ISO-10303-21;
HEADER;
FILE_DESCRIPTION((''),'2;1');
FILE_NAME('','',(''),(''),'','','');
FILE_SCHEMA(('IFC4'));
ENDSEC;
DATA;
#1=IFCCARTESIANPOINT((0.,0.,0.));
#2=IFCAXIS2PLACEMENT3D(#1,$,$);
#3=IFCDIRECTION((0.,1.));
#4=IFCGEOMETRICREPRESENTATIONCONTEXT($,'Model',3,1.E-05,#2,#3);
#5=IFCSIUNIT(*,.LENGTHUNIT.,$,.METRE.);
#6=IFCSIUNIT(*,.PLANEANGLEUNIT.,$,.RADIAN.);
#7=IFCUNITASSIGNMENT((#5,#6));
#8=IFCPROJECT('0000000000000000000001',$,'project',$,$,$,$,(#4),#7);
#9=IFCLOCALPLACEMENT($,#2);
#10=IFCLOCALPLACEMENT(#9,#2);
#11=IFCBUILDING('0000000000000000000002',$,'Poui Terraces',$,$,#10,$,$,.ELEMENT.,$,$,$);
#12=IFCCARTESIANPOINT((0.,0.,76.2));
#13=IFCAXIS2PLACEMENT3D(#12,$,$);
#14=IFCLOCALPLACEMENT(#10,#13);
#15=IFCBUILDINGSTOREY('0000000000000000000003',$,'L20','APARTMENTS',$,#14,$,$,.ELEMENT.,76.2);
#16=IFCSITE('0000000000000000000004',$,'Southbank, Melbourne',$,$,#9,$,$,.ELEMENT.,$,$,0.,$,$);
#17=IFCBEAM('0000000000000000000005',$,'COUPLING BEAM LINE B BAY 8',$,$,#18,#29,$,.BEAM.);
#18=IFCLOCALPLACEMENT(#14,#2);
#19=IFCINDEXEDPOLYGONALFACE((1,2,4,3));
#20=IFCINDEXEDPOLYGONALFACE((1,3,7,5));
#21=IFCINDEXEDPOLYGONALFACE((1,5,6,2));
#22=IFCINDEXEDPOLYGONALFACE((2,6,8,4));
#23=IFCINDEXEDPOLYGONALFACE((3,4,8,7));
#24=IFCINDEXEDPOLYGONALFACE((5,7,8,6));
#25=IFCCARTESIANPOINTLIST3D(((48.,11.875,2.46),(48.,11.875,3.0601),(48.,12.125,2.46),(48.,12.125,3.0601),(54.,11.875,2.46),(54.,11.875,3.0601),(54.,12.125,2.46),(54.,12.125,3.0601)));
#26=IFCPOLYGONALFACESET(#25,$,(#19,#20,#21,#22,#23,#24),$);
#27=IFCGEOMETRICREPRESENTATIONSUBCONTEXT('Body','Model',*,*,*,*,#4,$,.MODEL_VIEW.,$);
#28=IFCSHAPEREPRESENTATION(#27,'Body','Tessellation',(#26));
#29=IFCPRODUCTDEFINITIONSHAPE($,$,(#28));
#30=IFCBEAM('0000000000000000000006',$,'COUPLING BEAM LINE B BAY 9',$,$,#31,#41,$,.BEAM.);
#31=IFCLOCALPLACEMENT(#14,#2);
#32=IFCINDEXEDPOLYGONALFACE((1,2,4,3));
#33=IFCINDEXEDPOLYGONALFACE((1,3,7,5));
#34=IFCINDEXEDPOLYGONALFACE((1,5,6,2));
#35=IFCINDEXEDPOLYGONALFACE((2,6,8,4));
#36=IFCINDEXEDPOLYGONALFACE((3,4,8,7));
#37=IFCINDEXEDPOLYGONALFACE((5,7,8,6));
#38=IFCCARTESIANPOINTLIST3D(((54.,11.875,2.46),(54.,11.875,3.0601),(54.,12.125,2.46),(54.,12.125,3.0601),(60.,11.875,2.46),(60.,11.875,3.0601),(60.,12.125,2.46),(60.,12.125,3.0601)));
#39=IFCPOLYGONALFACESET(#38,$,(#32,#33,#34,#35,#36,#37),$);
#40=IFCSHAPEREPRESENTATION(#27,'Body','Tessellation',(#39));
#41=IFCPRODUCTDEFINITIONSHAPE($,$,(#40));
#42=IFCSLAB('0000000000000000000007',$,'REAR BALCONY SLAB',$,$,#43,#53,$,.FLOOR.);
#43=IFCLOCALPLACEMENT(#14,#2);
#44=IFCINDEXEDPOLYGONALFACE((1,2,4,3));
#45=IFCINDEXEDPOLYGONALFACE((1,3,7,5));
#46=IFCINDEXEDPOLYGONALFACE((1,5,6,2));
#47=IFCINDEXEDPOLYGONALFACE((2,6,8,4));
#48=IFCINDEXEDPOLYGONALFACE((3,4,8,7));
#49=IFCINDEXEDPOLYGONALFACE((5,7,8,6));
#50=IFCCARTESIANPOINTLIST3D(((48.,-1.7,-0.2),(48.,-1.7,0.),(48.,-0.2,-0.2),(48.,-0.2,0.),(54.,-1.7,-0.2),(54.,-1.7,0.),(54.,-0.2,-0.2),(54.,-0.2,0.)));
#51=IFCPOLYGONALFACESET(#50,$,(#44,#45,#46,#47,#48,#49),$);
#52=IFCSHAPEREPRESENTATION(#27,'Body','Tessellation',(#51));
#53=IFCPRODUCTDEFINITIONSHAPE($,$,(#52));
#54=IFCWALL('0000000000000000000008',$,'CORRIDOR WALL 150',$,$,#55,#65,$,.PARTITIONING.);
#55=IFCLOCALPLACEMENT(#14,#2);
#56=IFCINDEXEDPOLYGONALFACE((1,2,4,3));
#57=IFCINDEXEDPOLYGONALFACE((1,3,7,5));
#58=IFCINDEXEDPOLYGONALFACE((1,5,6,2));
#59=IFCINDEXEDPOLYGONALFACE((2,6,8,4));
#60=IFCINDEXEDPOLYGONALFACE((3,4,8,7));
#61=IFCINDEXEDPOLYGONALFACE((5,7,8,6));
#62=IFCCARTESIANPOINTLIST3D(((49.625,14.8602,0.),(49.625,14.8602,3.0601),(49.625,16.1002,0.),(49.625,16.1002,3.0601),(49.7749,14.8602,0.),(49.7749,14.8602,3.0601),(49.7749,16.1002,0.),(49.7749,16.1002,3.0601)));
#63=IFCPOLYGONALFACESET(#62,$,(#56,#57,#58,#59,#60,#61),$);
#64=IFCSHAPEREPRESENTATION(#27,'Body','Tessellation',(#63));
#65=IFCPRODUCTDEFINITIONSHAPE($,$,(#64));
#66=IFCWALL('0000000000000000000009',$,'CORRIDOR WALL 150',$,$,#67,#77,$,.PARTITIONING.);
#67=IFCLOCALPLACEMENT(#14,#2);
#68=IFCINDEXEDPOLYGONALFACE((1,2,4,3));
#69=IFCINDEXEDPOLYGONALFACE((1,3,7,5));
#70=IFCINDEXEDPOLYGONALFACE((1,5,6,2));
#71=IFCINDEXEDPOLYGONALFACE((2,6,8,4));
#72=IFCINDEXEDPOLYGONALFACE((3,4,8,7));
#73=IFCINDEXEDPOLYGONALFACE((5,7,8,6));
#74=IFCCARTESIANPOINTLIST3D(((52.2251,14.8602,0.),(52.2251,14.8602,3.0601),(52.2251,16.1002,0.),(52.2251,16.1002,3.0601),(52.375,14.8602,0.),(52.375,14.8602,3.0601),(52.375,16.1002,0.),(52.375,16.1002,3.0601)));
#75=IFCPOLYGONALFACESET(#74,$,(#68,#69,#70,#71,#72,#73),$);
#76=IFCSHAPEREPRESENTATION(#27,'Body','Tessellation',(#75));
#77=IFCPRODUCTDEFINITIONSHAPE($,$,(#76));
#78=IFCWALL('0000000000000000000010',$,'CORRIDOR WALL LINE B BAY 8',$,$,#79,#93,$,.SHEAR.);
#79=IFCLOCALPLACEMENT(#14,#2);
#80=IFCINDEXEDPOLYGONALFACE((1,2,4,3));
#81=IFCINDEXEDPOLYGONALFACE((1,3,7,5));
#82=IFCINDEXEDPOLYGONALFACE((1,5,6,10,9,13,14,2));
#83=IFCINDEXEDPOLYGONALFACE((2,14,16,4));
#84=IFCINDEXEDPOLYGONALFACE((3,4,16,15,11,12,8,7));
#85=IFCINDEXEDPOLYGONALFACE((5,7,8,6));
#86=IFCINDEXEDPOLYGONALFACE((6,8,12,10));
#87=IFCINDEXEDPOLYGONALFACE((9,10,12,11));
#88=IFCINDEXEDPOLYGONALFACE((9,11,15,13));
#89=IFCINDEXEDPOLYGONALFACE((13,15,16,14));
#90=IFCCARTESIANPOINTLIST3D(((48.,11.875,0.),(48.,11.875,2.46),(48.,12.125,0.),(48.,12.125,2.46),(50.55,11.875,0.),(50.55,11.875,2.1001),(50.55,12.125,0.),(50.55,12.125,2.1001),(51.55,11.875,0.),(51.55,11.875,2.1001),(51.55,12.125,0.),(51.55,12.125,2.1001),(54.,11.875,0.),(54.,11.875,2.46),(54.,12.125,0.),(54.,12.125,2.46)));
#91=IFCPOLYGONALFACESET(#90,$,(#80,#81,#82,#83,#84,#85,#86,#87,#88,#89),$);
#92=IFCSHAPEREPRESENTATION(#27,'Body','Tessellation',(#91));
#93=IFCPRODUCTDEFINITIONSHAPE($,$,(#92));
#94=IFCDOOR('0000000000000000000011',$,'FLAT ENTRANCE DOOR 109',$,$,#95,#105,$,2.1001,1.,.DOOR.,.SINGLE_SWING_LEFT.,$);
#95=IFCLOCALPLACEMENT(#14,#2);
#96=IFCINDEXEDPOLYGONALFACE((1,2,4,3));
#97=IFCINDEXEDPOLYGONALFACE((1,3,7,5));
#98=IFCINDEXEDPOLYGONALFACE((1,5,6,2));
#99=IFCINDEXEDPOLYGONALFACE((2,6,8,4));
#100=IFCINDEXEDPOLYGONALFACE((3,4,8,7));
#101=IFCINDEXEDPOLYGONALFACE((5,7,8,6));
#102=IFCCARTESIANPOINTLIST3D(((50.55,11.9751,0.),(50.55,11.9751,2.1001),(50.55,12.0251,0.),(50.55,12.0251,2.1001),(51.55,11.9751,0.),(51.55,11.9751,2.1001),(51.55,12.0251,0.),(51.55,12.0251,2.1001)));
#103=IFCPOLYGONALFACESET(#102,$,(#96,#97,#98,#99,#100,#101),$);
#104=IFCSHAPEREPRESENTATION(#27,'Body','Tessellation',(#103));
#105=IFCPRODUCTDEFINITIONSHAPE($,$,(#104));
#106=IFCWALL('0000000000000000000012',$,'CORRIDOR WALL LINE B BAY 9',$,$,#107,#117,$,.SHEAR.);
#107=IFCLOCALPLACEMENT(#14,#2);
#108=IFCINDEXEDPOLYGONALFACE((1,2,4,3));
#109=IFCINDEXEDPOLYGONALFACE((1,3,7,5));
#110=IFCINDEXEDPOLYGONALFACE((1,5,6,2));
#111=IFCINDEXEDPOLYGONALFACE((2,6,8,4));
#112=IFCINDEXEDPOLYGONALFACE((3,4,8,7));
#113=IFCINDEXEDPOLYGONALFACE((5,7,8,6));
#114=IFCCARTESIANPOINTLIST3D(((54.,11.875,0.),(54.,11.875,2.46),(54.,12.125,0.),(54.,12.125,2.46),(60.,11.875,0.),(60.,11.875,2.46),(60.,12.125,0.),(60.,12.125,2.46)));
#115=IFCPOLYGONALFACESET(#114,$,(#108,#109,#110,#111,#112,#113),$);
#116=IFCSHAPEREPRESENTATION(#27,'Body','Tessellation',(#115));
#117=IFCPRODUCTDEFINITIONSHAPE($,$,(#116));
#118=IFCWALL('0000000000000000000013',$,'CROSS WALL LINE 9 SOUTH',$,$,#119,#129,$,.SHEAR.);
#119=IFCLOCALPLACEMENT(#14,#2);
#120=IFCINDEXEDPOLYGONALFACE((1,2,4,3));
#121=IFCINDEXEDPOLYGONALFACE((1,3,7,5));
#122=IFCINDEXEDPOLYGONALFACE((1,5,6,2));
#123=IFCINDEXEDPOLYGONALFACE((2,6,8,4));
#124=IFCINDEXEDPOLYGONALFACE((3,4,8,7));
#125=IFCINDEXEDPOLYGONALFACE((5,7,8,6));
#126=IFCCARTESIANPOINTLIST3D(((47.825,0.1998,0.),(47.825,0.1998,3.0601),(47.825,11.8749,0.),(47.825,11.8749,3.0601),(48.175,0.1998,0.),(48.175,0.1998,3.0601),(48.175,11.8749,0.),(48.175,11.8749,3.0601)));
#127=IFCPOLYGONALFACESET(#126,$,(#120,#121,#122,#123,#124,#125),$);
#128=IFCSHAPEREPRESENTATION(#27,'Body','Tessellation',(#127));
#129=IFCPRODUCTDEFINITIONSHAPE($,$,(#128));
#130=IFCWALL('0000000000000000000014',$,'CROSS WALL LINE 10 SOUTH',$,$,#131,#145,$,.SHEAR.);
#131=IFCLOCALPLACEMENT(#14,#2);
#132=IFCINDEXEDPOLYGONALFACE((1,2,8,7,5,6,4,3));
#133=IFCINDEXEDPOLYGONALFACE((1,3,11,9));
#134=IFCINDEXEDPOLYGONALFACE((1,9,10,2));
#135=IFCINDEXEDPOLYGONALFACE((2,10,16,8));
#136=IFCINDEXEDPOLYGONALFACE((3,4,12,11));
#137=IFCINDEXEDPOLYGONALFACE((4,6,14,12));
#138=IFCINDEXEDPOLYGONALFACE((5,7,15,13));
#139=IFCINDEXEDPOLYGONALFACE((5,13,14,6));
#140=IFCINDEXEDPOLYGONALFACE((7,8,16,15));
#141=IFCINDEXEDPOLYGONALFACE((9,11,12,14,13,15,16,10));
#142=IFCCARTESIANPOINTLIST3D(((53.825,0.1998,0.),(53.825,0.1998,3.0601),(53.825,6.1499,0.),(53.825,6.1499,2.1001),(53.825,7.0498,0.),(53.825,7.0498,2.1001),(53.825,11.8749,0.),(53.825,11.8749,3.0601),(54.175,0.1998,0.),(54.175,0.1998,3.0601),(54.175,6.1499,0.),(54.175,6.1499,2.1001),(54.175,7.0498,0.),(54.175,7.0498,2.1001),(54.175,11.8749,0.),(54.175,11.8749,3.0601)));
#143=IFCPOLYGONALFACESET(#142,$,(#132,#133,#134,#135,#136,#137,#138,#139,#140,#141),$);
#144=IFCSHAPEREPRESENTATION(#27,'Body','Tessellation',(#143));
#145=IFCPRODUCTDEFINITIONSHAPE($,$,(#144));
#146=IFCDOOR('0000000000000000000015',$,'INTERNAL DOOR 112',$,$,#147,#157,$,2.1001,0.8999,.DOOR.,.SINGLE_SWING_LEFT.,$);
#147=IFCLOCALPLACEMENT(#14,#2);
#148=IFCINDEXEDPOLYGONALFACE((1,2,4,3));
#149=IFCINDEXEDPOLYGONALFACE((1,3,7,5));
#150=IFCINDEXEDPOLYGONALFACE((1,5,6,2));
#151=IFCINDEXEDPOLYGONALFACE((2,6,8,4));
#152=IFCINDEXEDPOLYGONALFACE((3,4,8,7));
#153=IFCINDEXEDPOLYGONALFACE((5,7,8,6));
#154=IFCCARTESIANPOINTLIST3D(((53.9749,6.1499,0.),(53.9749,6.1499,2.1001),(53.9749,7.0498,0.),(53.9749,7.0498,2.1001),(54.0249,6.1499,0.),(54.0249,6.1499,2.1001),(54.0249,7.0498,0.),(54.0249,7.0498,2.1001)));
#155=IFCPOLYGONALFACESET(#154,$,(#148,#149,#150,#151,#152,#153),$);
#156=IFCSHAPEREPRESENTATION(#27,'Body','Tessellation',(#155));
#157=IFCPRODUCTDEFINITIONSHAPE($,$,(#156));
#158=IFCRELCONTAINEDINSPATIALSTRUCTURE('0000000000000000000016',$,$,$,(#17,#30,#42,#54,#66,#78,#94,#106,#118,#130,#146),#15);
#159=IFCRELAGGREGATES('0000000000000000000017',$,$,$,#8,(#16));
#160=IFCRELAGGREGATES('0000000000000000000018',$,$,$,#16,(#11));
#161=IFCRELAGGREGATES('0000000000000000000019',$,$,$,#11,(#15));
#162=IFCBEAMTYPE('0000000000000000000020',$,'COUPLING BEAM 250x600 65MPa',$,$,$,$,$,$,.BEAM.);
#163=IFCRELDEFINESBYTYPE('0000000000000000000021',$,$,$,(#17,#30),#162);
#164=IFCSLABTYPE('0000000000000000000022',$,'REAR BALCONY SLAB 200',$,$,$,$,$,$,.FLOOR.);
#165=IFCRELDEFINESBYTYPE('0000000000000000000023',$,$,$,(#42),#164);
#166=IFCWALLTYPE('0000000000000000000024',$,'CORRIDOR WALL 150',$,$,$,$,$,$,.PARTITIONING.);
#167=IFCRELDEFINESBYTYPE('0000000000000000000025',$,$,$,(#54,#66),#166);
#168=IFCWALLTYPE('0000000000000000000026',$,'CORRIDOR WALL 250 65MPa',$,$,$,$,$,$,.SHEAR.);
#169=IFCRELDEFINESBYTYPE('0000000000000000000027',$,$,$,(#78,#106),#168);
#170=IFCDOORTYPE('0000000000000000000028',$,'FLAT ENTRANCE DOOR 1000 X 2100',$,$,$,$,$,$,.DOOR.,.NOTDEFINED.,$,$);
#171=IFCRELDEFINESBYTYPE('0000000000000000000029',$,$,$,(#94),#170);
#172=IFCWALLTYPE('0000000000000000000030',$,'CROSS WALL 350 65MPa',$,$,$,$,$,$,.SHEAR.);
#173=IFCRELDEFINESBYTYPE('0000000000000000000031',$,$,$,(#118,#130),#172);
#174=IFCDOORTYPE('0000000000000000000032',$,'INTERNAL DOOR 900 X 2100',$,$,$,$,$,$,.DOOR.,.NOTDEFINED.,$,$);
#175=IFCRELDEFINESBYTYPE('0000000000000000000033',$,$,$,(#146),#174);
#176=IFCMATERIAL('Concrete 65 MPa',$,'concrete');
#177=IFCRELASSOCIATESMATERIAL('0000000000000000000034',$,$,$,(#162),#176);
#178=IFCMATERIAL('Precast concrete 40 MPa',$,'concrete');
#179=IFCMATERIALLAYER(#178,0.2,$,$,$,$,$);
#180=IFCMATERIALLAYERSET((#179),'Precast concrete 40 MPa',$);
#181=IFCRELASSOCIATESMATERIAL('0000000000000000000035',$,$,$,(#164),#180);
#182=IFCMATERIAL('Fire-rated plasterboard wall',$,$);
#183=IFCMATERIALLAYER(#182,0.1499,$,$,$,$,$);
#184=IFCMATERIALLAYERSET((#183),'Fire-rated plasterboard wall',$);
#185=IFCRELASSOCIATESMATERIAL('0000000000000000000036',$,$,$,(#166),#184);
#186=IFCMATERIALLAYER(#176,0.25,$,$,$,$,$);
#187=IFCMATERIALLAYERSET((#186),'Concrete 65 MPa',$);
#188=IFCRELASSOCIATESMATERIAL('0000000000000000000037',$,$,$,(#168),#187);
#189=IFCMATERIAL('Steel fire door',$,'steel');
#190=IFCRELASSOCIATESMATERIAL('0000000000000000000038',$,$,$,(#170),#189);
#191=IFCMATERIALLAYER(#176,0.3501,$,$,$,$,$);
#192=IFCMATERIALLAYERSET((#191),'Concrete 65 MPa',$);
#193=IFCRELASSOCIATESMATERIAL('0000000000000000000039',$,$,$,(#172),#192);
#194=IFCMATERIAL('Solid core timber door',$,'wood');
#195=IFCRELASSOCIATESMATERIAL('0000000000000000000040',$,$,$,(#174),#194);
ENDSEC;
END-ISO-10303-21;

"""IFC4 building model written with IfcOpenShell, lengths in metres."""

from ifc_helpers import new_model, si_unit, direction, frame, frame_2d, origin, origin_2d, place, context, subcontext, project, spatial, polyline, rectangle, outline, extrude, source, transform, mapped, material, layer, layer_set, material_profile, profile_set, type_object, element, fill, save


model = new_model("IFC4")

# Units and contexts
model_context = context("Model", 3, precision=1e-05, world=origin(), true_north=direction((0.0, 1.0)))
body_context = subcontext(model_context, "Body", "Model", "MODEL_VIEW")
ifc_project = project(units=[si_unit("LENGTHUNIT", "METRE"), si_unit("PLANEANGLEUNIT", "RADIAN")], contexts=[model_context])

# Site, building, storey
site_placement = place(None, origin())
site = spatial("IfcSite", under=ifc_project, at=site_placement, Name="Southbank, Melbourne", CompositionType="ELEMENT", RefElevation=0.0)
building_placement = place(site_placement, origin())
building = spatial("IfcBuilding", under=site, at=building_placement, Name="Poui Terraces", CompositionType="ELEMENT")
storey_placement = place(building_placement, frame((0.0, 0.0, 76.2)))
storey = spatial("IfcBuildingStorey", under=building, at=storey_placement, Name="L20", Description="APARTMENTS", CompositionType="ELEMENT", Elevation=76.2)

# Beams
ifc_material_1 = material(Name="Concrete 65 MPa", Category="concrete")
ifc_material_profile_1 = material_profile(ifc_material_1, rectangle(XDim=0.25, YDim=0.6001, at=origin_2d()), Name="RC 250x600")
ifc_profile_set_1 = profile_set([ifc_material_profile_1], Name="Concrete 65 MPa")
beam_type = type_object("IfcBeamType", Name="COUPLING BEAM 250x600 65MPa", PredefinedType="BEAM", material=ifc_profile_set_1)
shared_shape_1 = source(origin(), body_context, "Body", "SweptSolid", [
    extrude(rectangle(XDim=0.25, YDim=0.6001, at=origin_2d()), origin(), (0.0, 0.0, 1.0), 6.0),
])
for number, where, z_axis, x_axis, name in (
    (1, (48.0, 12.0, 2.76), (1.0, 0.0, 0.0), (0.0, 1.0, 0.0), "COUPLING BEAM LINE B BAY 8"),
    (2, (54.0, 12.0, 2.76), (1.0, 0.0, 0.0), (0.0, 1.0, 0.0), "COUPLING BEAM LINE B BAY 9"),
):
    element("IfcBeam", number, at=place(storey_placement, frame(where, z_axis=z_axis, x_axis=x_axis)), inside=storey, type_object=beam_type, Name=name, PredefinedType="BEAM", context=body_context, shape_type="MappedRepresentation", body=[
        mapped(shared_shape_1, transform((0.0, 0.0, 0.0))),
    ])

# Slab
ifc_material_2 = material(Name="Precast concrete 40 MPa", Category="concrete")
ifc_layer_1 = layer(ifc_material_2, 0.2)
ifc_layer_set_1 = layer_set([ifc_layer_1], Name="Precast concrete 40 MPa")
slab_type = type_object("IfcSlabType", Name="REAR BALCONY SLAB 200", PredefinedType="FLOOR", material=ifc_layer_set_1)
shared_shape_2 = source(origin(), body_context, "Body", "SweptSolid", [
    extrude(outline(polyline([(0.0, 0.0), (6.0, 0.0), (6.0, 1.5), (0.0, 1.5), (0.0, 0.0)])), origin(), (0.0, 0.0, 1.0), 0.2),
])
slab_placement = place(storey_placement, frame((48.0, -1.7, -0.2)))
element("IfcSlab", 3, at=slab_placement, inside=storey, type_object=slab_type, Name="REAR BALCONY SLAB", PredefinedType="FLOOR", context=body_context, shape_type="MappedRepresentation", body=[
    mapped(shared_shape_2, transform((0.0, 0.0, 0.0))),
])

# Walls
ifc_material_3 = material(Name="Fire-rated plasterboard wall")
ifc_layer_2 = layer(ifc_material_3, 0.1499)
ifc_layer_set_2 = layer_set([ifc_layer_2], Name="Fire-rated plasterboard wall")
wall_type_1 = type_object("IfcWallType", Name="CORRIDOR WALL 150", PredefinedType="PARTITIONING", material=ifc_layer_set_2)
for number, where, z_axis, x_axis, name in (
    (4, (49.7, 14.8601, 0.0), (0.0, 0.0, 1.0), (0.0, 1.0, 0.0), "CORRIDOR WALL 150"),
    (5, (52.3, 14.8601, 0.0), (0.0, 0.0, 1.0), (0.0, 1.0, 0.0), "CORRIDOR WALL 150"),
):
    element("IfcWall", number, at=place(storey_placement, frame(where, z_axis=z_axis, x_axis=x_axis)), inside=storey, type_object=wall_type_1, Name=name, PredefinedType="PARTITIONING", context=body_context, shape_type="SweptSolid", body=[
        extrude(rectangle(XDim=1.24, YDim=0.1499, at=frame_2d((0.6201, 0.0))), origin(), (0.0, 0.0, 1.0), 3.0601),
    ])

# Wall, opening, door
ifc_layer_3 = layer(ifc_material_1, 0.25)
ifc_layer_set_3 = layer_set([ifc_layer_3], Name="Concrete 65 MPa")
wall_type_2 = type_object("IfcWallType", Name="CORRIDOR WALL 250 65MPa", PredefinedType="SHEAR", material=ifc_layer_set_3)
wall_1_placement = place(storey_placement, frame((48.0, 12.0, 0.0), z_axis=(0.0, 0.0, 1.0), x_axis=(1.0, 0.0, 0.0)))
wall_1 = element("IfcWall", 6, at=wall_1_placement, inside=storey, type_object=wall_type_2, Name="CORRIDOR WALL LINE B BAY 8", PredefinedType="SHEAR", context=body_context, shape_type="SweptSolid", body=[
    extrude(rectangle(XDim=6.0, YDim=0.25, at=frame_2d((3.0, 0.0))), origin(), (0.0, 0.0, 1.0), 2.46),
])
opening_1_placement = place(wall_1_placement, frame((2.55, 0.0, 0.0)))
opening_1 = element("IfcOpeningElement", 7, at=opening_1_placement, cuts=wall_1, PredefinedType="OPENING", context=body_context, shape_type="SweptSolid", body=[
    extrude(rectangle(XDim=1.0, YDim=2.1001, at=frame_2d((0.5, 1.05))), frame((0.0, 0.135, 0.0), z_axis=(0.0, -1.0, 0.0), x_axis=(1.0, 0.0, 0.0)), (0.0, 0.0, 1.0), 0.27),
])
ifc_material_4 = material(Name="Steel fire door", Category="steel")
door_type_1 = type_object("IfcDoorType", Name="FLAT ENTRANCE DOOR 1000 X 2100", OperationType="NOTDEFINED", PredefinedType="DOOR", material=ifc_material_4)
door_1_placement = place(opening_1_placement, frame((1.0, 0.0, 0.0), z_axis=(0.0, 0.0, 1.0), x_axis=(-1.0, 0.0, 0.0)))
door_1 = element("IfcDoor", 8, at=door_1_placement, inside=storey, type_object=door_type_1, Name="FLAT ENTRANCE DOOR 109", OperationType="SINGLE_SWING_LEFT", OverallHeight=2.1001, OverallWidth=1.0, PredefinedType="DOOR", context=body_context, shape_type="SweptSolid", body=[
    extrude(rectangle(XDim=1.0, YDim=2.1001, at=frame_2d((0.5, 1.05))), frame((0.0, 0.0249, 0.0), z_axis=(0.0, -1.0, 0.0), x_axis=(1.0, 0.0, 0.0)), (0.0, 0.0, 1.0), 0.05),
])
fill(opening_1, door_1)

# Walls
wall_2_placement = place(storey_placement, frame((54.0, 12.0, 0.0), z_axis=(0.0, 0.0, 1.0), x_axis=(1.0, 0.0, 0.0)))
element("IfcWall", 9, at=wall_2_placement, inside=storey, type_object=wall_type_2, Name="CORRIDOR WALL LINE B BAY 9", PredefinedType="SHEAR", context=body_context, shape_type="SweptSolid", body=[
    extrude(rectangle(XDim=6.0, YDim=0.25, at=frame_2d((3.0, 0.0))), origin(), (0.0, 0.0, 1.0), 2.46),
])
ifc_layer_4 = layer(ifc_material_1, 0.3501)
ifc_layer_set_4 = layer_set([ifc_layer_4], Name="Concrete 65 MPa")
wall_type_3 = type_object("IfcWallType", Name="CROSS WALL 350 65MPa", PredefinedType="SHEAR", material=ifc_layer_set_4)
wall_3_placement = place(storey_placement, frame((48.0, 0.2, 0.0), z_axis=(0.0, 0.0, 1.0), x_axis=(0.0, 1.0, 0.0)))
element("IfcWall", 10, at=wall_3_placement, inside=storey, type_object=wall_type_3, Name="CROSS WALL LINE 9 SOUTH", PredefinedType="SHEAR", context=body_context, shape_type="SweptSolid", body=[
    extrude(rectangle(XDim=11.675, YDim=0.3501, at=frame_2d((5.8374, 0.0))), origin(), (0.0, 0.0, 1.0), 3.0601),
])

# Wall, opening, door
wall_4_placement = place(storey_placement, frame((54.0, 0.2, 0.0), z_axis=(0.0, 0.0, 1.0), x_axis=(0.0, 1.0, 0.0)))
wall_4 = element("IfcWall", 11, at=wall_4_placement, inside=storey, type_object=wall_type_3, Name="CROSS WALL LINE 10 SOUTH", PredefinedType="SHEAR", context=body_context, shape_type="SweptSolid", body=[
    extrude(rectangle(XDim=11.675, YDim=0.3501, at=frame_2d((5.8374, 0.0))), origin(), (0.0, 0.0, 1.0), 3.0601),
])
opening_2_placement = place(wall_4_placement, frame((5.95, 0.0, 0.0)))
opening_2 = element("IfcOpeningElement", 12, at=opening_2_placement, cuts=wall_4, PredefinedType="OPENING", context=body_context, shape_type="SweptSolid", body=[
    extrude(rectangle(XDim=0.8999, YDim=2.1001, at=frame_2d((0.45, 1.05))), frame((0.0, 0.1851, 0.0), z_axis=(0.0, -1.0, 0.0), x_axis=(1.0, 0.0, 0.0)), (0.0, 0.0, 1.0), 0.3701),
])
ifc_material_5 = material(Name="Solid core timber door", Category="wood")
door_type_2 = type_object("IfcDoorType", Name="INTERNAL DOOR 900 X 2100", OperationType="NOTDEFINED", PredefinedType="DOOR", material=ifc_material_5)
door_2_placement = place(opening_2_placement, frame((0.8999, 0.0, 0.0), z_axis=(0.0, 0.0, 1.0), x_axis=(-1.0, 0.0, 0.0)))
door_2 = element("IfcDoor", 13, at=door_2_placement, inside=storey, type_object=door_type_2, Name="INTERNAL DOOR 112", OperationType="SINGLE_SWING_LEFT", OverallHeight=2.1001, OverallWidth=0.8999, PredefinedType="DOOR", context=body_context, shape_type="SweptSolid", body=[
    extrude(rectangle(XDim=0.8999, YDim=2.1001, at=frame_2d((0.45, 1.05))), frame((0.0, 0.0249, 0.0), z_axis=(0.0, -1.0, 0.0), x_axis=(1.0, 0.0, 0.0)), (0.0, 0.0, 1.0), 0.05),
])
fill(opening_2, door_2)

save(model, "model.ifc")
